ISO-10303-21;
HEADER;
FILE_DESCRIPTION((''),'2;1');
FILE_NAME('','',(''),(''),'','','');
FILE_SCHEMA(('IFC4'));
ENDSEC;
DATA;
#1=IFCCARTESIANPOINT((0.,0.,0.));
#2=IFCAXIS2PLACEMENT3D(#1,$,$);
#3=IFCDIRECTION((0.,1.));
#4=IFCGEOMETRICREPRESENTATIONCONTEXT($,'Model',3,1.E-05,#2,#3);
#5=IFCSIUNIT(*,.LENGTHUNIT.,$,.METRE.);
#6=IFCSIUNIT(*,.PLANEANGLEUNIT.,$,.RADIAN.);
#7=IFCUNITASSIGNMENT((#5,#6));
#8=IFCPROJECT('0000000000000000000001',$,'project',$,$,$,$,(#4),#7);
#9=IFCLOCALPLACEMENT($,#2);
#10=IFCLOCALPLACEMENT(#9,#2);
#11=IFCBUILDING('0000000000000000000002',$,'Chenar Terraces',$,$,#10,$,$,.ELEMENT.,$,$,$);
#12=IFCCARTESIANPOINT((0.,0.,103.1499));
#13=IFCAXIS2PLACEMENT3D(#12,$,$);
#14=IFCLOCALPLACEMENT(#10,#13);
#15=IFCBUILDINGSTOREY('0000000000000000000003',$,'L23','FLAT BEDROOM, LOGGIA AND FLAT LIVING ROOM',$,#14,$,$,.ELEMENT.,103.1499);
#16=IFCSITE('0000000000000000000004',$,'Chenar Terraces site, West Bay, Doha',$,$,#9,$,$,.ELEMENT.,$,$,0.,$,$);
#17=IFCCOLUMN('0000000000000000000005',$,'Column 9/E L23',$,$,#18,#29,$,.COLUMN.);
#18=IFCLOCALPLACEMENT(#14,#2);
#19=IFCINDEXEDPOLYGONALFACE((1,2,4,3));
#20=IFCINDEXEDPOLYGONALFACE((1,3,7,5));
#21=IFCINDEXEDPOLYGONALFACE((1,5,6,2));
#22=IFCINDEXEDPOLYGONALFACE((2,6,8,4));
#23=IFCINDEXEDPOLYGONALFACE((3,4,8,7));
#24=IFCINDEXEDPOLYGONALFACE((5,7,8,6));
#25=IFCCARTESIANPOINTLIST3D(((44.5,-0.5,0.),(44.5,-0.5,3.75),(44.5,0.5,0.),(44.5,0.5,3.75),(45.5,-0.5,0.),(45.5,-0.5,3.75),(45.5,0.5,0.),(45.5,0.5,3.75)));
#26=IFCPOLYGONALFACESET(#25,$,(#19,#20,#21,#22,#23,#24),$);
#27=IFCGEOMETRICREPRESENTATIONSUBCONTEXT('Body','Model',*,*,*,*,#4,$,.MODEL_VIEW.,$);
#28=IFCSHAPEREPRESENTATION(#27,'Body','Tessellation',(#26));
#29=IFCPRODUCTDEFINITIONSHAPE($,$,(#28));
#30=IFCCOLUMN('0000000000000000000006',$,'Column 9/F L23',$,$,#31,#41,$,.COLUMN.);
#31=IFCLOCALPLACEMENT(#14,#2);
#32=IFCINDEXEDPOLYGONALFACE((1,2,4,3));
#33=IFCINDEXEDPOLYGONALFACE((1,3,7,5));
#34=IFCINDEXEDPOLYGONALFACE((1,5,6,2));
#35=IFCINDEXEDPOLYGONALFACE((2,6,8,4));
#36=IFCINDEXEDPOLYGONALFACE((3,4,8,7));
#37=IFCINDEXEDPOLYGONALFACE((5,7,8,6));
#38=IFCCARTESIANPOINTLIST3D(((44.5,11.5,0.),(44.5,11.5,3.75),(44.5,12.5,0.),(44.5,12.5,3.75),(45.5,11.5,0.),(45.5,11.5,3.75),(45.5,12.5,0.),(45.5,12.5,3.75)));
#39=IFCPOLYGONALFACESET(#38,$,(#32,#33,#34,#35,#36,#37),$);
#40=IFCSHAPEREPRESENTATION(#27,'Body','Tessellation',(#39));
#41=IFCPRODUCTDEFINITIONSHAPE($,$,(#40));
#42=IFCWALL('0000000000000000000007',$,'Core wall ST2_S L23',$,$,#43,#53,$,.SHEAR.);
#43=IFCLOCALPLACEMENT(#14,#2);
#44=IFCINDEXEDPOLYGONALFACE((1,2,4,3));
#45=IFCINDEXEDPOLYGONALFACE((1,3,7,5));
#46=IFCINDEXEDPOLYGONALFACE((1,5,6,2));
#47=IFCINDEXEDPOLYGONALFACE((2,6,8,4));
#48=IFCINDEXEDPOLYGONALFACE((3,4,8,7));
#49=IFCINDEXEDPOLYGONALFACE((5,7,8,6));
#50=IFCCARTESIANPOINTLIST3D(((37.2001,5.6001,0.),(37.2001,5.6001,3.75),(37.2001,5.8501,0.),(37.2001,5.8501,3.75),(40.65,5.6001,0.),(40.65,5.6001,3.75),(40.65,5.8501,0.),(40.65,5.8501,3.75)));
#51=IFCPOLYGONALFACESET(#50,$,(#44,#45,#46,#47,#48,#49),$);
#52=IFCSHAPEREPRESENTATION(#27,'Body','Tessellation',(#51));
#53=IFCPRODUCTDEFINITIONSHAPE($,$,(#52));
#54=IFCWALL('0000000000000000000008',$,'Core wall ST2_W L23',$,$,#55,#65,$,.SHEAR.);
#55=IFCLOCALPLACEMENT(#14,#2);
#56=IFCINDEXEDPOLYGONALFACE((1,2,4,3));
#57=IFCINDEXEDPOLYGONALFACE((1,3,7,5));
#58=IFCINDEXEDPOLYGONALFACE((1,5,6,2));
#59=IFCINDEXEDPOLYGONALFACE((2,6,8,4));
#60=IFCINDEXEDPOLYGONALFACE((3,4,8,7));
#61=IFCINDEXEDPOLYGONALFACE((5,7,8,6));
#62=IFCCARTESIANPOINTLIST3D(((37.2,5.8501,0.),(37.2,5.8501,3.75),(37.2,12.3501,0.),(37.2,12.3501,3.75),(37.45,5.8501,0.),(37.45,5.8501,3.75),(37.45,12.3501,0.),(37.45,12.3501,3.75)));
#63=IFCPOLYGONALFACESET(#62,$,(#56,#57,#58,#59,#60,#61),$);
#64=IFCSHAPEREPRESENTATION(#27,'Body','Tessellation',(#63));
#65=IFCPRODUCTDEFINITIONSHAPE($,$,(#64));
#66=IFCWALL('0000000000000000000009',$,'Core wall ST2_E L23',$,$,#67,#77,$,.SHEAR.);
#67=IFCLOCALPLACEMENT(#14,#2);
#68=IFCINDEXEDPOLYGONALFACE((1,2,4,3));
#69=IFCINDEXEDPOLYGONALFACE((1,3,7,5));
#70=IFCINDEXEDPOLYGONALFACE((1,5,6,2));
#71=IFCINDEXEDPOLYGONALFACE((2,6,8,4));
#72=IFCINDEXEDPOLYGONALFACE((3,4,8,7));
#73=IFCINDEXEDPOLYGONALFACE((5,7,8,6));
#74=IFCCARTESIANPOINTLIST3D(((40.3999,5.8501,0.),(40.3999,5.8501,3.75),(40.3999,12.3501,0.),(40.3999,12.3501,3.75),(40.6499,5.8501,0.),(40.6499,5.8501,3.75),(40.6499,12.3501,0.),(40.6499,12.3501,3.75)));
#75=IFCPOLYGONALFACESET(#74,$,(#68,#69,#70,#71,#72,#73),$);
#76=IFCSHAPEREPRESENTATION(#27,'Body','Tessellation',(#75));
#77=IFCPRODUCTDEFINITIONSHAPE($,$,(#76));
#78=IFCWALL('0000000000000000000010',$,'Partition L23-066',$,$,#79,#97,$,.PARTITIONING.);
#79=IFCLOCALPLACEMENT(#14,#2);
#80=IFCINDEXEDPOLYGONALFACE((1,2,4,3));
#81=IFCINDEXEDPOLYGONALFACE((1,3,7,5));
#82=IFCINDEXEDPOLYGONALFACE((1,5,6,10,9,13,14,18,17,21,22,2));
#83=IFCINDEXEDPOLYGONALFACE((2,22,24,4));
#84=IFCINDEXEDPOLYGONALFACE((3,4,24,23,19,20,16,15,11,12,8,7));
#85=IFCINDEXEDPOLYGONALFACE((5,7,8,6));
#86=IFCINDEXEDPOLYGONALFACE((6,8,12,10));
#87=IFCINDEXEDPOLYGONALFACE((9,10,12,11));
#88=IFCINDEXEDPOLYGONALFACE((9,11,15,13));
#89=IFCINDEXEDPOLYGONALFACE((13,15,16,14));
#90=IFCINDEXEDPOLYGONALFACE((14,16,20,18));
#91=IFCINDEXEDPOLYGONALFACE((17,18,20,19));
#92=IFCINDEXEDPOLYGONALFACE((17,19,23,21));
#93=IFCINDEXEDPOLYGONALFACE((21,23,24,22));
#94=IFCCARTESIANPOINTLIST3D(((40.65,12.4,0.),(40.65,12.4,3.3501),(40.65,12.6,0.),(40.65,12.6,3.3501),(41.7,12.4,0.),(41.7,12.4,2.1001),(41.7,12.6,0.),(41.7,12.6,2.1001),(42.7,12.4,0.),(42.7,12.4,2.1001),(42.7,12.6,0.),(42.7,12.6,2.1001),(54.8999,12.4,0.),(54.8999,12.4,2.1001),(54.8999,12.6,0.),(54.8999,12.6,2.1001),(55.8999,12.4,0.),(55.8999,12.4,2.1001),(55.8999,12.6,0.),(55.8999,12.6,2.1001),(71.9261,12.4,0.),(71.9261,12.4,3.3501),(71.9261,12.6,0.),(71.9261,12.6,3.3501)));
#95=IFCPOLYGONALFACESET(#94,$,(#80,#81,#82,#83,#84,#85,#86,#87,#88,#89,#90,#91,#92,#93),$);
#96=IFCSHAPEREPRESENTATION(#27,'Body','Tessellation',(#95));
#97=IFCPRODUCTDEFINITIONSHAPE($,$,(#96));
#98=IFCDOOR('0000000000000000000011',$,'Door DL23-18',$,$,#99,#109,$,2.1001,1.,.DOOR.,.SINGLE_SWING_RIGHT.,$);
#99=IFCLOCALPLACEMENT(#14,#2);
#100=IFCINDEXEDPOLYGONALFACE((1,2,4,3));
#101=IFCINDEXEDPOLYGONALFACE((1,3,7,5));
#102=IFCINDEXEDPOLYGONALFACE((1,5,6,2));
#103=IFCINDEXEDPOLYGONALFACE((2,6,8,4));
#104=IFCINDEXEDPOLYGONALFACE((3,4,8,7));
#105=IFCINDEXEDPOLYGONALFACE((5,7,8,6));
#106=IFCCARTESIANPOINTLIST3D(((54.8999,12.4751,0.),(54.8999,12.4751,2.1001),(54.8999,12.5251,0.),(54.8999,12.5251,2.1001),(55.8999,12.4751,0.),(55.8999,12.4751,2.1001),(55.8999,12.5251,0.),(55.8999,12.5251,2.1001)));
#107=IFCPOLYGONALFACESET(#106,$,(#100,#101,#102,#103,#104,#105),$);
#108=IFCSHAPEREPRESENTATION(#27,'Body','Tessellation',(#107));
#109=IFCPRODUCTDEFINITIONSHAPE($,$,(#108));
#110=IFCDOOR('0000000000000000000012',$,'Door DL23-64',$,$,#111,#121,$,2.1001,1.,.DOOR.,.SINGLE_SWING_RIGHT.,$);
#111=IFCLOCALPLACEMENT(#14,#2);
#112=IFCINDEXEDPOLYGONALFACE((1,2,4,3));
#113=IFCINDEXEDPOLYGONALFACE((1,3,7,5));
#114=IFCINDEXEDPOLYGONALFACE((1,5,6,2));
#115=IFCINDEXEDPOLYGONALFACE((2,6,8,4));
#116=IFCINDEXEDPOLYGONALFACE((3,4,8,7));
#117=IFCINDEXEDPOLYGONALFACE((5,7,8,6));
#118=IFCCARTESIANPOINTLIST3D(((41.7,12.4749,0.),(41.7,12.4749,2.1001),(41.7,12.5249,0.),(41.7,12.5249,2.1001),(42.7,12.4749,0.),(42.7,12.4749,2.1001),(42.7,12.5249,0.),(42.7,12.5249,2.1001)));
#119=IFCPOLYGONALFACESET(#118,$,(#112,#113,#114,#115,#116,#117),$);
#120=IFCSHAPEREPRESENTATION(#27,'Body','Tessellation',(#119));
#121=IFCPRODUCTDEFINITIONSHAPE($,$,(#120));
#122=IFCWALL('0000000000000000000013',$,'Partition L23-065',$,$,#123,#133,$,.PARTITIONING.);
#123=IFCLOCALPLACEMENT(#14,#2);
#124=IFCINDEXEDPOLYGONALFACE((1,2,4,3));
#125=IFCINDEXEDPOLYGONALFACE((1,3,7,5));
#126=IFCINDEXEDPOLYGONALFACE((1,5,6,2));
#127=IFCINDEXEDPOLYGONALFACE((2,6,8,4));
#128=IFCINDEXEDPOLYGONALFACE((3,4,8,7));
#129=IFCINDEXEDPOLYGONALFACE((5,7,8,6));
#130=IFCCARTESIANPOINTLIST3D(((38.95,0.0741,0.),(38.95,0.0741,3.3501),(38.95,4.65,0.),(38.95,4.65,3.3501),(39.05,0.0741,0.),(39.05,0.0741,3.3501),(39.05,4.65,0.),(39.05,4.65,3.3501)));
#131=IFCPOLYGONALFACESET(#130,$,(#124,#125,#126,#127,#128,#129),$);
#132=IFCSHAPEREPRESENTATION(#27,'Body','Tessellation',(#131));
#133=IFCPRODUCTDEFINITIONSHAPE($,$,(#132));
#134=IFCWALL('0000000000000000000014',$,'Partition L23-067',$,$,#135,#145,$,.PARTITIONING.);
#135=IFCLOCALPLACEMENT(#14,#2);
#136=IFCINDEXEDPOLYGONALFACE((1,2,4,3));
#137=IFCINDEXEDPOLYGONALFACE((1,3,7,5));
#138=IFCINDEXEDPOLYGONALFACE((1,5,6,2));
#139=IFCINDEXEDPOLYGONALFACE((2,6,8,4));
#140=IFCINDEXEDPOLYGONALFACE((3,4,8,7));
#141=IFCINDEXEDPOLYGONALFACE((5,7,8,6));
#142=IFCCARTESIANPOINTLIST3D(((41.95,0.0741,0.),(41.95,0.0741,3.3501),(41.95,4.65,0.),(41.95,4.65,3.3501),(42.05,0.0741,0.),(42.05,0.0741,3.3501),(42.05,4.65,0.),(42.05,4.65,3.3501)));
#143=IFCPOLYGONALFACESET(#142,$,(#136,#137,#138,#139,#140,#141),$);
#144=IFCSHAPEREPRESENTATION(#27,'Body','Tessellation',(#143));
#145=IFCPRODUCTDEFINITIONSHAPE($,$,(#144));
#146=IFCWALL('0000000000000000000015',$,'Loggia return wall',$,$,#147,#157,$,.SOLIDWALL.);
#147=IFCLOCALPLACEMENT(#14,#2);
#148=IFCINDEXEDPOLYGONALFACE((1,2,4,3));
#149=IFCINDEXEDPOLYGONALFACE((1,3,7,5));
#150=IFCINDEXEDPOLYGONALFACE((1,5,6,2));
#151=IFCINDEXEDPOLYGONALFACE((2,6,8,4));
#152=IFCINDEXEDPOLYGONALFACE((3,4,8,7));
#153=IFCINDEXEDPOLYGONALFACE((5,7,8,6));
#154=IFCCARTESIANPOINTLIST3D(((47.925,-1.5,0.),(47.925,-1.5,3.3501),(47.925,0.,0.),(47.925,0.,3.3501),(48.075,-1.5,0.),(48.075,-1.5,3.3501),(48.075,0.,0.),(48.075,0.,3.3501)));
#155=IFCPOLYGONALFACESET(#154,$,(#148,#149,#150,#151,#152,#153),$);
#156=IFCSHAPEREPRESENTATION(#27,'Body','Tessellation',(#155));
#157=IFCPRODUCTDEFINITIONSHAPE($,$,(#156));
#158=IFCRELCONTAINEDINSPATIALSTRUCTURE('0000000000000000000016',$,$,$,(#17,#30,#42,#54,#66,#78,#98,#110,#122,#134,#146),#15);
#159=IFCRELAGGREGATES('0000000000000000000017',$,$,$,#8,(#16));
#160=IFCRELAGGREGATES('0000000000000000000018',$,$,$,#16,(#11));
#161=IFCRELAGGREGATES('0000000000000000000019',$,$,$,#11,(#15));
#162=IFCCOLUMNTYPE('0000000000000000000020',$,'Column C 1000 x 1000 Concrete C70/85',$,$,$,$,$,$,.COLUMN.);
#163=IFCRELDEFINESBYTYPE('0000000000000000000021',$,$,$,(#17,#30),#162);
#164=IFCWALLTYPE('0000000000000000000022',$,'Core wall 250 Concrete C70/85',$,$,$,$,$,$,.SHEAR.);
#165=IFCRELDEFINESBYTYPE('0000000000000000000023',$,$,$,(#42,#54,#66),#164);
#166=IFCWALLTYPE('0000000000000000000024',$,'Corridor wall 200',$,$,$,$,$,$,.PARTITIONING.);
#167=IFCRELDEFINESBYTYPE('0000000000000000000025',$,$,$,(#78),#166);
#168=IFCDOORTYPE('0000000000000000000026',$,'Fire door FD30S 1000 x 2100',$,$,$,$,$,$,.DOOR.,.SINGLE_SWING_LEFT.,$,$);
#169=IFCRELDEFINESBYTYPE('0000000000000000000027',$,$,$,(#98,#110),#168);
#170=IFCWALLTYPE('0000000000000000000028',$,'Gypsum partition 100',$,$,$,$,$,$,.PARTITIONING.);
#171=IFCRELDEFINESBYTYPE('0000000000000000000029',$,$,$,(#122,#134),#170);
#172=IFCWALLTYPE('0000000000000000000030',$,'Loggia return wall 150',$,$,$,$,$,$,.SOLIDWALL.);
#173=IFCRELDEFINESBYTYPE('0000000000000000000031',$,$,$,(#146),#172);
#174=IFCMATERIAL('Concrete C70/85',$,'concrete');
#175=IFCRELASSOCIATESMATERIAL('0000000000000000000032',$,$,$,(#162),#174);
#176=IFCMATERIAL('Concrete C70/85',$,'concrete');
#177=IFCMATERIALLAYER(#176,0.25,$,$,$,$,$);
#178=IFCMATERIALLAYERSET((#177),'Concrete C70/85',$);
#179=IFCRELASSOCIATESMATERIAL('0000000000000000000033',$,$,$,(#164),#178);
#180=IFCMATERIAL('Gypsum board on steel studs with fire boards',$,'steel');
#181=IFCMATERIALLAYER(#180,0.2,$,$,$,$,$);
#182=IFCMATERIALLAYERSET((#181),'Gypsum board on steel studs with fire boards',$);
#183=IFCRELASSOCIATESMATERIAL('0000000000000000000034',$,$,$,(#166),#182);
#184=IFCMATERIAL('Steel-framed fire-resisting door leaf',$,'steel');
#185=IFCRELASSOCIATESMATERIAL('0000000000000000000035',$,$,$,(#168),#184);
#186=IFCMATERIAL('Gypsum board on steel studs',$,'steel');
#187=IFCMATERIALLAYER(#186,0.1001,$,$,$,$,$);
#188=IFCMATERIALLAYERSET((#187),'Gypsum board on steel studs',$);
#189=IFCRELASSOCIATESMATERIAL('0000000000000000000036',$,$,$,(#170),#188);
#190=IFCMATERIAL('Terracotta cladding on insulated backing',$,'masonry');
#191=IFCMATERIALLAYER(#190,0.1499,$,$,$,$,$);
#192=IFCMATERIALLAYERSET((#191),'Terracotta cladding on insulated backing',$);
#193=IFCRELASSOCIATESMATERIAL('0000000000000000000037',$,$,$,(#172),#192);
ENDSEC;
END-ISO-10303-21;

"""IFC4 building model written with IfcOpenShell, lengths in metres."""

from ifc_helpers import new_model, si_unit, direction, frame, frame_2d, origin, origin_2d, place, context, subcontext, project, spatial, rectangle, extrude, material, layer, layer_set, material_profile, profile_set, type_object, element, fill, save


model = new_model("IFC4")

# Units and contexts
model_context = context("Model", 3, precision=1e-05, world=origin(), true_north=direction((0.0, 1.0)))
body_context = subcontext(model_context, "Body", "Model", "MODEL_VIEW")
ifc_project = project(units=[si_unit("LENGTHUNIT", "METRE"), si_unit("PLANEANGLEUNIT", "RADIAN")], contexts=[model_context])

# Site, building, storey
site_placement = place(None, origin())
site = spatial("IfcSite", under=ifc_project, at=site_placement, Name="Chenar Terraces site, West Bay, Doha", CompositionType="ELEMENT", RefElevation=0.0)
building_placement = place(site_placement, origin())
building = spatial("IfcBuilding", under=site, at=building_placement, Name="Chenar Terraces", CompositionType="ELEMENT")
storey_placement = place(building_placement, frame((0.0, 0.0, 103.1499)))
storey = spatial("IfcBuildingStorey", under=building, at=storey_placement, Name="L23", Description="FLAT BEDROOM, LOGGIA AND FLAT LIVING ROOM", CompositionType="ELEMENT", Elevation=103.1499)

# Columns
ifc_material_1 = material(Name="Concrete C70/85", Category="concrete")
ifc_material_profile = material_profile(ifc_material_1, rectangle(XDim=1.0, YDim=1.0, at=origin_2d()), Name="C 1000 x 1000")
ifc_profile_set = profile_set([ifc_material_profile], Name="Concrete C70/85")
column_type = type_object("IfcColumnType", Name="Column C 1000 x 1000 Concrete C70/85", PredefinedType="COLUMN", material=ifc_profile_set)
for number, where, z_axis, x_axis, name in (
    (1, (45.0, 0.0, 0.0), (0.0, 0.0, 1.0), (1.0, 0.0, 0.0), "Column 9/E L23"),
    (2, (45.0, 12.0, 0.0), (0.0, 0.0, 1.0), (1.0, 0.0, 0.0), "Column 9/F L23"),
):
    element("IfcColumn", number, at=place(storey_placement, frame(where, z_axis=z_axis, x_axis=x_axis)), inside=storey, type_object=column_type, Name=name, PredefinedType="COLUMN", context=body_context, shape_type="SweptSolid", body=[
        extrude(rectangle(XDim=1.0, YDim=1.0, at=origin_2d()), origin(), (0.0, 0.0, 1.0), 3.75),
    ])

# Walls
ifc_material_2 = material(Name="Concrete C70/85", Category="concrete")
ifc_layer_1 = layer(ifc_material_2, 0.25)
ifc_layer_set_1 = layer_set([ifc_layer_1], Name="Concrete C70/85")
wall_type_1 = type_object("IfcWallType", Name="Core wall 250 Concrete C70/85", PredefinedType="SHEAR", material=ifc_layer_set_1)
wall_1_placement = place(storey_placement, frame((37.2, 5.7251, 0.0), z_axis=(0.0, 0.0, 1.0), x_axis=(1.0, 0.0, 0.0)))
element("IfcWall", 3, at=wall_1_placement, inside=storey, type_object=wall_type_1, Name="Core wall ST2_S L23", PredefinedType="SHEAR", context=body_context, shape_type="SweptSolid", body=[
    extrude(rectangle(XDim=3.45, YDim=0.25, at=frame_2d((1.7251, 0.0))), origin(), (0.0, 0.0, 1.0), 3.75),
])
for number, where, z_axis, x_axis, name in (
    (4, (37.325, 5.8501, 0.0), (0.0, 0.0, 1.0), (0.0, 1.0, 0.0), "Core wall ST2_W L23"),
    (5, (40.5249, 5.8501, 0.0), (0.0, 0.0, 1.0), (0.0, 1.0, 0.0), "Core wall ST2_E L23"),
):
    element("IfcWall", number, at=place(storey_placement, frame(where, z_axis=z_axis, x_axis=x_axis)), inside=storey, type_object=wall_type_1, Name=name, PredefinedType="SHEAR", context=body_context, shape_type="SweptSolid", body=[
        extrude(rectangle(XDim=6.5, YDim=0.25, at=frame_2d((3.25, 0.0))), origin(), (0.0, 0.0, 1.0), 3.75),
    ])

# Wall, openings, doors
ifc_material_3 = material(Name="Gypsum board on steel studs with fire boards", Category="steel")
ifc_layer_2 = layer(ifc_material_3, 0.2)
ifc_layer_set_2 = layer_set([ifc_layer_2], Name="Gypsum board on steel studs with fire boards")
wall_type_2 = type_object("IfcWallType", Name="Corridor wall 200", PredefinedType="PARTITIONING", material=ifc_layer_set_2)
wall_2_placement = place(storey_placement, frame((40.6499, 12.5, 0.0), z_axis=(0.0, 0.0, 1.0), x_axis=(1.0, 0.0, 0.0)))
wall_2 = element("IfcWall", 6, at=wall_2_placement, inside=storey, type_object=wall_type_2, Name="Partition L23-066", PredefinedType="PARTITIONING", context=body_context, shape_type="SweptSolid", body=[
    extrude(rectangle(XDim=31.2761, YDim=0.2, at=frame_2d((15.6382, 0.0))), origin(), (0.0, 0.0, 1.0), 3.3501),
])
opening_1_placement = place(wall_2_placement, frame((14.25, 0.0, 0.0)))
opening_1 = element("IfcOpeningElement", 7, at=opening_1_placement, cuts=wall_2, PredefinedType="OPENING", context=body_context, shape_type="SweptSolid", body=[
    extrude(rectangle(XDim=1.0, YDim=2.1001, at=frame_2d((0.5, 1.05))), frame((0.0, 0.1099, 0.0), z_axis=(0.0, -1.0, 0.0), x_axis=(1.0, 0.0, 0.0)), (0.0, 0.0, 1.0), 0.22),
])
opening_2_placement = place(wall_2_placement, frame((1.05, 0.0, 0.0)))
opening_2 = element("IfcOpeningElement", 8, at=opening_2_placement, cuts=wall_2, PredefinedType="OPENING", context=body_context, shape_type="SweptSolid", body=[
    extrude(rectangle(XDim=1.0, YDim=2.1001, at=frame_2d((0.5, 1.05))), frame((0.0, 0.1099, 0.0), z_axis=(0.0, -1.0, 0.0), x_axis=(1.0, 0.0, 0.0)), (0.0, 0.0, 1.0), 0.22),
])
ifc_material_4 = material(Name="Steel-framed fire-resisting door leaf", Category="steel")
door_type_1 = type_object("IfcDoorType", Name="Fire door FD30S 1000 x 2100", OperationType="SINGLE_SWING_LEFT", PredefinedType="DOOR", material=ifc_material_4)
door_1_placement = place(opening_1_placement, frame((1.0, 0.0, 0.0), z_axis=(0.0, 0.0, 1.0), x_axis=(-1.0, 0.0, 0.0)))
door_1 = element("IfcDoor", 9, at=door_1_placement, inside=storey, type_object=door_type_1, Name="Door DL23-18", OperationType="SINGLE_SWING_RIGHT", OverallHeight=2.1001, OverallWidth=1.0, PredefinedType="DOOR", context=body_context, shape_type="SweptSolid", body=[
    extrude(rectangle(XDim=1.0, YDim=2.1001, at=frame_2d((0.5, 1.05))), frame((0.0, 0.0249, 0.0), z_axis=(0.0, -1.0, 0.0), x_axis=(1.0, 0.0, 0.0)), (0.0, 0.0, 1.0), 0.05),
])
fill(opening_1, door_1)
door_2_placement = place(opening_2_placement, origin())
door_2 = element("IfcDoor", 10, at=door_2_placement, inside=storey, type_object=door_type_1, Name="Door DL23-64", OperationType="SINGLE_SWING_RIGHT", OverallHeight=2.1001, OverallWidth=1.0, PredefinedType="DOOR", context=body_context, shape_type="SweptSolid", body=[
    extrude(rectangle(XDim=1.0, YDim=2.1001, at=frame_2d((0.5, 1.05))), frame((0.0, 0.0249, 0.0), z_axis=(0.0, -1.0, 0.0), x_axis=(1.0, 0.0, 0.0)), (0.0, 0.0, 1.0), 0.05),
])
fill(opening_2, door_2)

# Walls
ifc_material_5 = material(Name="Gypsum board on steel studs", Category="steel")
ifc_layer_3 = layer(ifc_material_5, 0.1001)
ifc_layer_set_3 = layer_set([ifc_layer_3], Name="Gypsum board on steel studs")
wall_type_3 = type_object("IfcWallType", Name="Gypsum partition 100", PredefinedType="PARTITIONING", material=ifc_layer_set_3)
for number, where, z_axis, x_axis, name in (
    (11, (39.0, 0.074, 0.0), (0.0, 0.0, 1.0), (0.0, 1.0, 0.0), "Partition L23-065"),
    (12, (42.0, 0.074, 0.0), (0.0, 0.0, 1.0), (0.0, 1.0, 0.0), "Partition L23-067"),
):
    element("IfcWall", number, at=place(storey_placement, frame(where, z_axis=z_axis, x_axis=x_axis)), inside=storey, type_object=wall_type_3, Name=name, PredefinedType="PARTITIONING", context=body_context, shape_type="SweptSolid", body=[
        extrude(rectangle(XDim=4.5759, YDim=0.1001, at=frame_2d((2.2881, 0.0))), origin(), (0.0, 0.0, 1.0), 3.3501),
    ])
ifc_material_6 = material(Name="Terracotta cladding on insulated backing", Category="masonry")
ifc_layer_4 = layer(ifc_material_6, 0.1499)
ifc_layer_set_4 = layer_set([ifc_layer_4], Name="Terracotta cladding on insulated backing")
wall_type_4 = type_object("IfcWallType", Name="Loggia return wall 150", PredefinedType="SOLIDWALL", material=ifc_layer_set_4)
wall_3_placement = place(storey_placement, frame((48.0, -1.5, 0.0), z_axis=(0.0, 0.0, 1.0), x_axis=(0.0, 1.0, 0.0)))
element("IfcWall", 13, at=wall_3_placement, inside=storey, type_object=wall_type_4, Name="Loggia return wall", PredefinedType="SOLIDWALL", context=body_context, shape_type="SweptSolid", body=[
    extrude(rectangle(XDim=1.5, YDim=0.1499, at=frame_2d((0.75, 0.0))), origin(), (0.0, 0.0, 1.0), 3.3501),
])

save(model, "model.ifc")
